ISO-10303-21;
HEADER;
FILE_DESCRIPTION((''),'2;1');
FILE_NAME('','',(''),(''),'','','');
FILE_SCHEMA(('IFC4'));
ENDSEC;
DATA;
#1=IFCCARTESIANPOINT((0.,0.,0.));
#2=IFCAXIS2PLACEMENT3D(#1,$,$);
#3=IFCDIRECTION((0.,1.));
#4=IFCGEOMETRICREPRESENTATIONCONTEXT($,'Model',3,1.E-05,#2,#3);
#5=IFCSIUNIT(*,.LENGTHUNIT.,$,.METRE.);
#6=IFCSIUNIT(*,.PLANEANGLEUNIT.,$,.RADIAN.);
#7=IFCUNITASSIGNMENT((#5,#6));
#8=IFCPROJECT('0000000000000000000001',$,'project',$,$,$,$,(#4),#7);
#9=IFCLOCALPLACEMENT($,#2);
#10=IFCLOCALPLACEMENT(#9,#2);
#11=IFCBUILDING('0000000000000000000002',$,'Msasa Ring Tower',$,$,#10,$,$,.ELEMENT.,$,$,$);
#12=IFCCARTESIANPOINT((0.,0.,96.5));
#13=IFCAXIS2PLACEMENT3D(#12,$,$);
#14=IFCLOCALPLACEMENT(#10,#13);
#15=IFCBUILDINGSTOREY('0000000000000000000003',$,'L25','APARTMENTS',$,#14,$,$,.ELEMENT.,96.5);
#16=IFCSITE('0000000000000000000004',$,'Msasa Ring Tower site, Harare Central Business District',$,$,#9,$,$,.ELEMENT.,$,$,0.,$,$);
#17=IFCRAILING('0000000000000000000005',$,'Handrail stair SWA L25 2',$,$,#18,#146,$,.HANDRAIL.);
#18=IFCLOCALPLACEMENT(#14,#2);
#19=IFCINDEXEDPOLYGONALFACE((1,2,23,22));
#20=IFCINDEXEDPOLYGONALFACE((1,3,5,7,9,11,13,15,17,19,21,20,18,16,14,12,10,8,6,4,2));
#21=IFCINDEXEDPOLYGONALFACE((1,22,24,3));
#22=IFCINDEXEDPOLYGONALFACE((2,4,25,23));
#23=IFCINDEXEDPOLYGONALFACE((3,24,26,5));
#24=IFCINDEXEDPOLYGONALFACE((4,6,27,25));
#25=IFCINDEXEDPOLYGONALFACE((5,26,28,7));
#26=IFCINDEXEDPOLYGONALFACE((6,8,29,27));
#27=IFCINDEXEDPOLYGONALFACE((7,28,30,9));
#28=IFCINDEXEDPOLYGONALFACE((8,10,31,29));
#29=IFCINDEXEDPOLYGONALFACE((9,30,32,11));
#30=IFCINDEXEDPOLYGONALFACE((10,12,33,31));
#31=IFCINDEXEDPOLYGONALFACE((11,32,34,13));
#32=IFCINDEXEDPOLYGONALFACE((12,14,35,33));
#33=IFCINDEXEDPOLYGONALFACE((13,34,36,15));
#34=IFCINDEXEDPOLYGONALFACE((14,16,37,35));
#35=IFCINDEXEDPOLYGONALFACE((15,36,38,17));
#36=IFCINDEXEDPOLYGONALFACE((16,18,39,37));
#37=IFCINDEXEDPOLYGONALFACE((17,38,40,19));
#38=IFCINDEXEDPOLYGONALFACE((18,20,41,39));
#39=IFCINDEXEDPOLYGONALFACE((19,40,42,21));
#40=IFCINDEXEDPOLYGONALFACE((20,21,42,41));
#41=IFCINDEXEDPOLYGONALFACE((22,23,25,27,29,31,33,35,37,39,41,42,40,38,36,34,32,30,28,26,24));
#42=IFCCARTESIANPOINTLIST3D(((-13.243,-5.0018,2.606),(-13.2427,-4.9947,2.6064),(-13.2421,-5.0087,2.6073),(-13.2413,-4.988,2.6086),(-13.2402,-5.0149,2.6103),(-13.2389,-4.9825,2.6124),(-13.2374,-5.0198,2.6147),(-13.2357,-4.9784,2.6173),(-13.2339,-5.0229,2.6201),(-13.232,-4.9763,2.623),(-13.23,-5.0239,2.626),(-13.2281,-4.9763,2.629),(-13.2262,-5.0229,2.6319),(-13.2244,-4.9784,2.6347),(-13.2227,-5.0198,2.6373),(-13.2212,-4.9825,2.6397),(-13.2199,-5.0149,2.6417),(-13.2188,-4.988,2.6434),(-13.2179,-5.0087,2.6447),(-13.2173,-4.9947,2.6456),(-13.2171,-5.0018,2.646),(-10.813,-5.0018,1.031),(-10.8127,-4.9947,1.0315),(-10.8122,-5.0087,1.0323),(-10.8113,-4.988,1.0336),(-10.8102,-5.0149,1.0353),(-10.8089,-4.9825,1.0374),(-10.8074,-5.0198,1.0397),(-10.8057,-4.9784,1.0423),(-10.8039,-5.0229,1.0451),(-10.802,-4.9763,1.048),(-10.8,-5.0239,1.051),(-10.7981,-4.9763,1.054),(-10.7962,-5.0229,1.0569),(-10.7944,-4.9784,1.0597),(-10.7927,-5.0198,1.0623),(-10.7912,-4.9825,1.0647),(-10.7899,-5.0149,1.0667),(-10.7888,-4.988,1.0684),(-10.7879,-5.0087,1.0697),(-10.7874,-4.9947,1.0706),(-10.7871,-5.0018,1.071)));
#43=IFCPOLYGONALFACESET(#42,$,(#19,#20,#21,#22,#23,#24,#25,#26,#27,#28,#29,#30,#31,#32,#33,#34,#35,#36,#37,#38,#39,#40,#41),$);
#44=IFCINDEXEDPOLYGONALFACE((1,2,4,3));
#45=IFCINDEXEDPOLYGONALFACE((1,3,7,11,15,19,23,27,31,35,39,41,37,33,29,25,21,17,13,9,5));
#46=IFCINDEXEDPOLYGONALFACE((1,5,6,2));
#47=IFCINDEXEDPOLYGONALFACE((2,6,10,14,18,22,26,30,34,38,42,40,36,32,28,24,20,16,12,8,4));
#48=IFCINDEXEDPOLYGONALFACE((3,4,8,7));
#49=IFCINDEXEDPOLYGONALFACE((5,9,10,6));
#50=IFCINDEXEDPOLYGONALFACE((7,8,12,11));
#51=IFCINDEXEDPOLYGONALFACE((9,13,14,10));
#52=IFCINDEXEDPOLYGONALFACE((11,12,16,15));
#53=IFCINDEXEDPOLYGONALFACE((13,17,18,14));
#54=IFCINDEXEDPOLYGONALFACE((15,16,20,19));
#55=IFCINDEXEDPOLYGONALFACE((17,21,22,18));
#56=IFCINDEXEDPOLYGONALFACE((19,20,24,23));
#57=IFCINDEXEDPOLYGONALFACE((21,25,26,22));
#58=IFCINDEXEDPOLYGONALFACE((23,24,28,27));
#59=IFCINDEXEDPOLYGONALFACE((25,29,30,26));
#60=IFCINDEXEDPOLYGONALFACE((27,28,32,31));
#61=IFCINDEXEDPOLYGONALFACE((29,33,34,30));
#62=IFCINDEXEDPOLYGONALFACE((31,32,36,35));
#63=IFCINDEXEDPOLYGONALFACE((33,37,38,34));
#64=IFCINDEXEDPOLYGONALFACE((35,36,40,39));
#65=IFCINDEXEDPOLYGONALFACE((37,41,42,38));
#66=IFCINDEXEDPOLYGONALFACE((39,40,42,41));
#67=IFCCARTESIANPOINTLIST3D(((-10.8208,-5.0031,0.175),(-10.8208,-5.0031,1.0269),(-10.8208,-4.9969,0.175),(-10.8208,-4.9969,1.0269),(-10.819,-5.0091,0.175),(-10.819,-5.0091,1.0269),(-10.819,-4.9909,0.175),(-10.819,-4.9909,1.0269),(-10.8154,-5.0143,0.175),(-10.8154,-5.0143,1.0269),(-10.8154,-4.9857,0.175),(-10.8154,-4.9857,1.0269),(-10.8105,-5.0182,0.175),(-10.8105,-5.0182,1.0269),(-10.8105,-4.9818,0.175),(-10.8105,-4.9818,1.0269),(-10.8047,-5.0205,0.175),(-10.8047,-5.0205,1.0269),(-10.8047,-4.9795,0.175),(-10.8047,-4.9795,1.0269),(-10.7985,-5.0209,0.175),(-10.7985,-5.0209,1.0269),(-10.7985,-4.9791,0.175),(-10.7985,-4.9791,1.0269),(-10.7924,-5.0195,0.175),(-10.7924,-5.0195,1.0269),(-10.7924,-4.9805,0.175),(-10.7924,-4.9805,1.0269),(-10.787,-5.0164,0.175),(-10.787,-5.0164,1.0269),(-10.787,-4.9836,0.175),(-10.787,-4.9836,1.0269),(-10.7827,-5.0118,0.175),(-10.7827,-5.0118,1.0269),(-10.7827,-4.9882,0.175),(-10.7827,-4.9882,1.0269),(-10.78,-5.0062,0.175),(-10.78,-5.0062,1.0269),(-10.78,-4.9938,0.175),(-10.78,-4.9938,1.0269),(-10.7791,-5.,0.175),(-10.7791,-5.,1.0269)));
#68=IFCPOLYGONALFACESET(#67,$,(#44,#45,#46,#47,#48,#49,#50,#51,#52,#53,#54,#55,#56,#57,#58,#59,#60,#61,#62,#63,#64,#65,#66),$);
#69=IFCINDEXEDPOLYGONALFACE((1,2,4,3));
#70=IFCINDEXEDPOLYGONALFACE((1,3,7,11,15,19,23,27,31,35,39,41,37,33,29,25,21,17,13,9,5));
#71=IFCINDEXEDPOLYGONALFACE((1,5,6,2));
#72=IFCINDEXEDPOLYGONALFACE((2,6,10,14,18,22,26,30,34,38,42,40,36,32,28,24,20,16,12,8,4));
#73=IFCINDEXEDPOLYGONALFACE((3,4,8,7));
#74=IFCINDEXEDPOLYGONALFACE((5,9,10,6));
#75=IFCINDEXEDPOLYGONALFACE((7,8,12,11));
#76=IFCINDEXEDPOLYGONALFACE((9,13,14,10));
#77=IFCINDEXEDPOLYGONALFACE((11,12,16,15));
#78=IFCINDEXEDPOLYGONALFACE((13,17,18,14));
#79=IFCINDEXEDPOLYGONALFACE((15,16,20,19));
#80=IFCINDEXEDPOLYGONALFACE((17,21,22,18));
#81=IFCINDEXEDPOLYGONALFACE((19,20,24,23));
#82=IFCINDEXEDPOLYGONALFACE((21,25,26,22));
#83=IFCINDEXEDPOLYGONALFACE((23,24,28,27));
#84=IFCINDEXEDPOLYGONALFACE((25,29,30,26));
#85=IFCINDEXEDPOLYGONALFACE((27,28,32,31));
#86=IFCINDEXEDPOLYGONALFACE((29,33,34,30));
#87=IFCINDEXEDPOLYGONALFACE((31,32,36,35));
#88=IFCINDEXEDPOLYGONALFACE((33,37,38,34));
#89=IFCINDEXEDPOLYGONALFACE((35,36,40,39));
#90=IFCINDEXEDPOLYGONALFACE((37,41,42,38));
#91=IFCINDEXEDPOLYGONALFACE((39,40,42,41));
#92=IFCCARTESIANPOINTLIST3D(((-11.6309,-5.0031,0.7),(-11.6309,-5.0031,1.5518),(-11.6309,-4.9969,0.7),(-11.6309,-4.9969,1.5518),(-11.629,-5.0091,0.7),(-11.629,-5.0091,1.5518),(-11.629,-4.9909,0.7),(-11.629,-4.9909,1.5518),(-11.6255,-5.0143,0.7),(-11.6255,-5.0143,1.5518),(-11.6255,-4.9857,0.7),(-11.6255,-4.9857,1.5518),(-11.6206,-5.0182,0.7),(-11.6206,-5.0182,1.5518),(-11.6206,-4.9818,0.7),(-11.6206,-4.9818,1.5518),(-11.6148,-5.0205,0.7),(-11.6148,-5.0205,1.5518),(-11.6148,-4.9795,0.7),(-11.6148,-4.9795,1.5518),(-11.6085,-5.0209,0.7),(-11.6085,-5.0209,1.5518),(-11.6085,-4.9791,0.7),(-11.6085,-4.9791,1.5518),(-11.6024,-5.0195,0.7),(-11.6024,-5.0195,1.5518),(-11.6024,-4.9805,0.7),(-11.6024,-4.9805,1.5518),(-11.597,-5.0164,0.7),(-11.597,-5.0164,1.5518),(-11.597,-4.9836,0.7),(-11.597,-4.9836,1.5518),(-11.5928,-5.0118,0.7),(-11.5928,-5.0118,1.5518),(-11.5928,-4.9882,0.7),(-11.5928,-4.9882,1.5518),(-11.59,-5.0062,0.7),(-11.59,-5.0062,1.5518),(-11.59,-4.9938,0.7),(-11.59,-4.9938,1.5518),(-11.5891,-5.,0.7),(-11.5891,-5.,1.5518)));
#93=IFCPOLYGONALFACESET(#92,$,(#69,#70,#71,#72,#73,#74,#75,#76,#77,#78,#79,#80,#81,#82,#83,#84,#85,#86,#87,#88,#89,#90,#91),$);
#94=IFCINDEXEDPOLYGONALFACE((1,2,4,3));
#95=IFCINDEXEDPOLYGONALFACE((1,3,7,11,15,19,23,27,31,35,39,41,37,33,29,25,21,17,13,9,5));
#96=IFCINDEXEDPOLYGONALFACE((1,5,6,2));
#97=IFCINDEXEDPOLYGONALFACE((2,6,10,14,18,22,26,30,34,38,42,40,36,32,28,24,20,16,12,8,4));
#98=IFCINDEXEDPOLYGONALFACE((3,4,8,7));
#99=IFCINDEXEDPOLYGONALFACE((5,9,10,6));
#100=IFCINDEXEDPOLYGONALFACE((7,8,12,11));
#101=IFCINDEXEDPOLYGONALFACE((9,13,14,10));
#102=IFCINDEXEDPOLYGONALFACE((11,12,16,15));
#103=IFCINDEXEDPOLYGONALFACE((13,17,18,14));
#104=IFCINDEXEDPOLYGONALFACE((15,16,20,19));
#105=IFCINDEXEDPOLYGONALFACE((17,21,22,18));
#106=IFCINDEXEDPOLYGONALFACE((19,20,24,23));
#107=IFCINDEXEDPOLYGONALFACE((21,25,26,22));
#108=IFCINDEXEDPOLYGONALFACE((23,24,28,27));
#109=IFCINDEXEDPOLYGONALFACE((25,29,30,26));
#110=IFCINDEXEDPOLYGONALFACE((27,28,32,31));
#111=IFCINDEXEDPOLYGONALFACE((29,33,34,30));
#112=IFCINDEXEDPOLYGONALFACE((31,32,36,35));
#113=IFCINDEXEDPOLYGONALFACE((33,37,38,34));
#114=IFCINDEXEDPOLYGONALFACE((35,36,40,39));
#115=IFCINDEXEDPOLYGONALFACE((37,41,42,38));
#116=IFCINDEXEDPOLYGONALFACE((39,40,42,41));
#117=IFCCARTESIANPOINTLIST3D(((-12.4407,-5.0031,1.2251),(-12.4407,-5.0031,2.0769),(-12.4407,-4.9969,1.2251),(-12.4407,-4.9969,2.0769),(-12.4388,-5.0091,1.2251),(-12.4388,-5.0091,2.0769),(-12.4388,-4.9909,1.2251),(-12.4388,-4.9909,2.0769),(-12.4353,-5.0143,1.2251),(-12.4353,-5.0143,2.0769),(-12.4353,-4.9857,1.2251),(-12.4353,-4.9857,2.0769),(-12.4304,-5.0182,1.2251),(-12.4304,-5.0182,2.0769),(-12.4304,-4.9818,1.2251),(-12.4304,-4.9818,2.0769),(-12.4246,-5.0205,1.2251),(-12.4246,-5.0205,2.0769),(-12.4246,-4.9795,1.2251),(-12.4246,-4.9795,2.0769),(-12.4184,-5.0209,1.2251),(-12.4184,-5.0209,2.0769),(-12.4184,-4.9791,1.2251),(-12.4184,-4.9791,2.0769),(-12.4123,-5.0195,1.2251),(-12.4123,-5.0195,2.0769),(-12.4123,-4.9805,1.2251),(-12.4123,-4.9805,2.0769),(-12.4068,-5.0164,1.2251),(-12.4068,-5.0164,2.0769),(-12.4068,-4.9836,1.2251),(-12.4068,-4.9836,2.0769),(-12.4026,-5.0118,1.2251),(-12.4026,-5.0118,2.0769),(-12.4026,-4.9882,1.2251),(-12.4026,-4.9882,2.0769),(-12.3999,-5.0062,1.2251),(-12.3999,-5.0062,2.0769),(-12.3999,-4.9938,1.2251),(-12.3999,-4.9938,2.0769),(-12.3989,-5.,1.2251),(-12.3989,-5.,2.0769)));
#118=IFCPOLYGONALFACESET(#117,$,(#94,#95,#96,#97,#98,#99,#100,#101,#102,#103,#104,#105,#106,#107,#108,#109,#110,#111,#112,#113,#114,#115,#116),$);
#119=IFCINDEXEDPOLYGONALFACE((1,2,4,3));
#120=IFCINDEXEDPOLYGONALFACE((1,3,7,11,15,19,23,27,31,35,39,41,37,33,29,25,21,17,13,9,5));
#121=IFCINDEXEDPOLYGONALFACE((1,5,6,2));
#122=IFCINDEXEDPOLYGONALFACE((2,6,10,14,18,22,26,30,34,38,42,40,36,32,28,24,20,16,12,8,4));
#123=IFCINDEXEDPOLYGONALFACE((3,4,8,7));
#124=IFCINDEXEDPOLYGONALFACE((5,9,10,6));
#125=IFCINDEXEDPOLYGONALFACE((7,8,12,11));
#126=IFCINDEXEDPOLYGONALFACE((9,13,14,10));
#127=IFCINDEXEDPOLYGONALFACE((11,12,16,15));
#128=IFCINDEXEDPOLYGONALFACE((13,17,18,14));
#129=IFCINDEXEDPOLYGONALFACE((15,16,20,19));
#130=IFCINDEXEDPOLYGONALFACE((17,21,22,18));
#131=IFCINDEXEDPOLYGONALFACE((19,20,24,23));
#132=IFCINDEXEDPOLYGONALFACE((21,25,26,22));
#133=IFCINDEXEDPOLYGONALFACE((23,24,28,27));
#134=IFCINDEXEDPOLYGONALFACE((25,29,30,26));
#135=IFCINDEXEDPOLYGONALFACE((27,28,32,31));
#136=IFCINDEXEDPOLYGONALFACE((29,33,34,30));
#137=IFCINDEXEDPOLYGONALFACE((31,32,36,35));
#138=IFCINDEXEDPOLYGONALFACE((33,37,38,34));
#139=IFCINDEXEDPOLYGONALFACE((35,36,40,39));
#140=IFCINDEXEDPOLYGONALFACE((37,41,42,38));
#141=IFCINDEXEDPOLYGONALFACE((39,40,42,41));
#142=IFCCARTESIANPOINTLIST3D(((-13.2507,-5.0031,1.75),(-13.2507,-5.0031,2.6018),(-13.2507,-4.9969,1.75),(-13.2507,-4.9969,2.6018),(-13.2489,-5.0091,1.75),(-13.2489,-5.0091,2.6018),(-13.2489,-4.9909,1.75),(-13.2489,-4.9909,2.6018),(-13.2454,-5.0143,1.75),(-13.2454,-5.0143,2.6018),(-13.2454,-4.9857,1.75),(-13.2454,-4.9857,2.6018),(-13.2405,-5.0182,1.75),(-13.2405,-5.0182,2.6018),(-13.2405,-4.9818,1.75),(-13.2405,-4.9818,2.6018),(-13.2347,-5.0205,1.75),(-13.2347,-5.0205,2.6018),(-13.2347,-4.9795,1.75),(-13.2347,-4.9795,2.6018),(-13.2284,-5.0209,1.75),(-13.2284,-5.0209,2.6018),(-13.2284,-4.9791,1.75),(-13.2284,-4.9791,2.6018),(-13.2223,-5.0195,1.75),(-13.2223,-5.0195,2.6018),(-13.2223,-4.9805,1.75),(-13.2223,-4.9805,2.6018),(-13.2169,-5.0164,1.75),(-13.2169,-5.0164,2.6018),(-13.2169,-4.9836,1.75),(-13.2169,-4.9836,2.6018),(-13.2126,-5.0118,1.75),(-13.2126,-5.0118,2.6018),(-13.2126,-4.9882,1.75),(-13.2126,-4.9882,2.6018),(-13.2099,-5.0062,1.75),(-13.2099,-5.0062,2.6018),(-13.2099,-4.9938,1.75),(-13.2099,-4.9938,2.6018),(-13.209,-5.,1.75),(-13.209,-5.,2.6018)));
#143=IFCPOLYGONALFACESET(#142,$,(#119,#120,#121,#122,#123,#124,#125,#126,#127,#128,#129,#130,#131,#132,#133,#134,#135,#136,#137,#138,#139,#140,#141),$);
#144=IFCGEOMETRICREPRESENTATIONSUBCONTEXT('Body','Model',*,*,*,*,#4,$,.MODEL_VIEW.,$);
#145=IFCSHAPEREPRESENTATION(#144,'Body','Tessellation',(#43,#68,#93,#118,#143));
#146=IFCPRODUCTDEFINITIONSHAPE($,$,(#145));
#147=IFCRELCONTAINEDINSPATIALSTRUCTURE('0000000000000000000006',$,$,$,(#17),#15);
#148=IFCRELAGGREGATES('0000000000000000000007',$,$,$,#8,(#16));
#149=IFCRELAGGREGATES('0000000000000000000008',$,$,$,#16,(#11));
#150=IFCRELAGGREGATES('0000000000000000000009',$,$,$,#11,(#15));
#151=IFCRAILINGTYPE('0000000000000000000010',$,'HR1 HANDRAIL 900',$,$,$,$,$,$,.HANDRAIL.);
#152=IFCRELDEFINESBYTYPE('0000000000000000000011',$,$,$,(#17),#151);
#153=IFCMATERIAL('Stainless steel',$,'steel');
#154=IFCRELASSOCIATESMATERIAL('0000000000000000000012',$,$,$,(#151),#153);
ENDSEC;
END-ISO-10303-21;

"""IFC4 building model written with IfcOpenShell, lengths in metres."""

from ifc_helpers import new_model, si_unit, direction, frame, origin, origin_2d, place, context, subcontext, project, spatial, circle, extrude, material, type_object, element, save


model = new_model("IFC4")

# Units and contexts
model_context = context("Model", 3, precision=1e-05, world=origin(), true_north=direction((0.0, 1.0)))
body_context = subcontext(model_context, "Body", "Model", "MODEL_VIEW")
ifc_project = project(units=[si_unit("LENGTHUNIT", "METRE"), si_unit("PLANEANGLEUNIT", "RADIAN")], contexts=[model_context])

# Site, building, storey
site_placement = place(None, origin())
site = spatial("IfcSite", under=ifc_project, at=site_placement, Name="Msasa Ring Tower site, Harare Central Business District", CompositionType="ELEMENT", RefElevation=0.0)
building_placement = place(site_placement, origin())
building = spatial("IfcBuilding", under=site, at=building_placement, Name="Msasa Ring Tower", CompositionType="ELEMENT")
storey_placement = place(building_placement, frame((0.0, 0.0, 96.5)))
storey = spatial("IfcBuildingStorey", under=building, at=storey_placement, Name="L25", Description="APARTMENTS", CompositionType="ELEMENT", Elevation=96.5)

# Railing
ifc_material_1 = material(Name="Stainless steel", Category="steel")
railing_type = type_object("IfcRailingType", Name="HR1 HANDRAIL 900", PredefinedType="HANDRAIL", material=ifc_material_1)
for number, where, name in (
    (1, (-10.8, -5.0, 0.175), "Handrail stair SWA L25 2"),
):
    element("IfcRailing", number, at=place(storey_placement, frame(where)), inside=storey, type_object=railing_type, Name=name, PredefinedType="HANDRAIL", context=body_context, shape_type="SweptSolid", body=[
        extrude(circle(Radius=0.0239, at=origin_2d()), frame((0.0, 0.0, 0.876), z_axis=(-0.839154, 0.0, 0.543894), x_axis=(0.0, -1.0, 0.0)), (0.0, 0.0, 1.0), 2.8958),
        extrude(circle(Radius=0.021, at=origin_2d()), origin(), (0.0, 0.0, 1.0), 0.8518),
        extrude(circle(Radius=0.021, at=origin_2d()), frame((-0.8101, 0.0, 0.5249)), (0.0, 0.0, 1.0), 0.8518),
        extrude(circle(Radius=0.021, at=origin_2d()), frame((-1.6199, 0.0, 1.05)), (0.0, 0.0, 1.0), 0.8518),
        extrude(circle(Radius=0.021, at=origin_2d()), frame((-2.4299, 0.0, 1.575)), (0.0, 0.0, 1.0), 0.8518),
    ])

save(model, "model.ifc")
